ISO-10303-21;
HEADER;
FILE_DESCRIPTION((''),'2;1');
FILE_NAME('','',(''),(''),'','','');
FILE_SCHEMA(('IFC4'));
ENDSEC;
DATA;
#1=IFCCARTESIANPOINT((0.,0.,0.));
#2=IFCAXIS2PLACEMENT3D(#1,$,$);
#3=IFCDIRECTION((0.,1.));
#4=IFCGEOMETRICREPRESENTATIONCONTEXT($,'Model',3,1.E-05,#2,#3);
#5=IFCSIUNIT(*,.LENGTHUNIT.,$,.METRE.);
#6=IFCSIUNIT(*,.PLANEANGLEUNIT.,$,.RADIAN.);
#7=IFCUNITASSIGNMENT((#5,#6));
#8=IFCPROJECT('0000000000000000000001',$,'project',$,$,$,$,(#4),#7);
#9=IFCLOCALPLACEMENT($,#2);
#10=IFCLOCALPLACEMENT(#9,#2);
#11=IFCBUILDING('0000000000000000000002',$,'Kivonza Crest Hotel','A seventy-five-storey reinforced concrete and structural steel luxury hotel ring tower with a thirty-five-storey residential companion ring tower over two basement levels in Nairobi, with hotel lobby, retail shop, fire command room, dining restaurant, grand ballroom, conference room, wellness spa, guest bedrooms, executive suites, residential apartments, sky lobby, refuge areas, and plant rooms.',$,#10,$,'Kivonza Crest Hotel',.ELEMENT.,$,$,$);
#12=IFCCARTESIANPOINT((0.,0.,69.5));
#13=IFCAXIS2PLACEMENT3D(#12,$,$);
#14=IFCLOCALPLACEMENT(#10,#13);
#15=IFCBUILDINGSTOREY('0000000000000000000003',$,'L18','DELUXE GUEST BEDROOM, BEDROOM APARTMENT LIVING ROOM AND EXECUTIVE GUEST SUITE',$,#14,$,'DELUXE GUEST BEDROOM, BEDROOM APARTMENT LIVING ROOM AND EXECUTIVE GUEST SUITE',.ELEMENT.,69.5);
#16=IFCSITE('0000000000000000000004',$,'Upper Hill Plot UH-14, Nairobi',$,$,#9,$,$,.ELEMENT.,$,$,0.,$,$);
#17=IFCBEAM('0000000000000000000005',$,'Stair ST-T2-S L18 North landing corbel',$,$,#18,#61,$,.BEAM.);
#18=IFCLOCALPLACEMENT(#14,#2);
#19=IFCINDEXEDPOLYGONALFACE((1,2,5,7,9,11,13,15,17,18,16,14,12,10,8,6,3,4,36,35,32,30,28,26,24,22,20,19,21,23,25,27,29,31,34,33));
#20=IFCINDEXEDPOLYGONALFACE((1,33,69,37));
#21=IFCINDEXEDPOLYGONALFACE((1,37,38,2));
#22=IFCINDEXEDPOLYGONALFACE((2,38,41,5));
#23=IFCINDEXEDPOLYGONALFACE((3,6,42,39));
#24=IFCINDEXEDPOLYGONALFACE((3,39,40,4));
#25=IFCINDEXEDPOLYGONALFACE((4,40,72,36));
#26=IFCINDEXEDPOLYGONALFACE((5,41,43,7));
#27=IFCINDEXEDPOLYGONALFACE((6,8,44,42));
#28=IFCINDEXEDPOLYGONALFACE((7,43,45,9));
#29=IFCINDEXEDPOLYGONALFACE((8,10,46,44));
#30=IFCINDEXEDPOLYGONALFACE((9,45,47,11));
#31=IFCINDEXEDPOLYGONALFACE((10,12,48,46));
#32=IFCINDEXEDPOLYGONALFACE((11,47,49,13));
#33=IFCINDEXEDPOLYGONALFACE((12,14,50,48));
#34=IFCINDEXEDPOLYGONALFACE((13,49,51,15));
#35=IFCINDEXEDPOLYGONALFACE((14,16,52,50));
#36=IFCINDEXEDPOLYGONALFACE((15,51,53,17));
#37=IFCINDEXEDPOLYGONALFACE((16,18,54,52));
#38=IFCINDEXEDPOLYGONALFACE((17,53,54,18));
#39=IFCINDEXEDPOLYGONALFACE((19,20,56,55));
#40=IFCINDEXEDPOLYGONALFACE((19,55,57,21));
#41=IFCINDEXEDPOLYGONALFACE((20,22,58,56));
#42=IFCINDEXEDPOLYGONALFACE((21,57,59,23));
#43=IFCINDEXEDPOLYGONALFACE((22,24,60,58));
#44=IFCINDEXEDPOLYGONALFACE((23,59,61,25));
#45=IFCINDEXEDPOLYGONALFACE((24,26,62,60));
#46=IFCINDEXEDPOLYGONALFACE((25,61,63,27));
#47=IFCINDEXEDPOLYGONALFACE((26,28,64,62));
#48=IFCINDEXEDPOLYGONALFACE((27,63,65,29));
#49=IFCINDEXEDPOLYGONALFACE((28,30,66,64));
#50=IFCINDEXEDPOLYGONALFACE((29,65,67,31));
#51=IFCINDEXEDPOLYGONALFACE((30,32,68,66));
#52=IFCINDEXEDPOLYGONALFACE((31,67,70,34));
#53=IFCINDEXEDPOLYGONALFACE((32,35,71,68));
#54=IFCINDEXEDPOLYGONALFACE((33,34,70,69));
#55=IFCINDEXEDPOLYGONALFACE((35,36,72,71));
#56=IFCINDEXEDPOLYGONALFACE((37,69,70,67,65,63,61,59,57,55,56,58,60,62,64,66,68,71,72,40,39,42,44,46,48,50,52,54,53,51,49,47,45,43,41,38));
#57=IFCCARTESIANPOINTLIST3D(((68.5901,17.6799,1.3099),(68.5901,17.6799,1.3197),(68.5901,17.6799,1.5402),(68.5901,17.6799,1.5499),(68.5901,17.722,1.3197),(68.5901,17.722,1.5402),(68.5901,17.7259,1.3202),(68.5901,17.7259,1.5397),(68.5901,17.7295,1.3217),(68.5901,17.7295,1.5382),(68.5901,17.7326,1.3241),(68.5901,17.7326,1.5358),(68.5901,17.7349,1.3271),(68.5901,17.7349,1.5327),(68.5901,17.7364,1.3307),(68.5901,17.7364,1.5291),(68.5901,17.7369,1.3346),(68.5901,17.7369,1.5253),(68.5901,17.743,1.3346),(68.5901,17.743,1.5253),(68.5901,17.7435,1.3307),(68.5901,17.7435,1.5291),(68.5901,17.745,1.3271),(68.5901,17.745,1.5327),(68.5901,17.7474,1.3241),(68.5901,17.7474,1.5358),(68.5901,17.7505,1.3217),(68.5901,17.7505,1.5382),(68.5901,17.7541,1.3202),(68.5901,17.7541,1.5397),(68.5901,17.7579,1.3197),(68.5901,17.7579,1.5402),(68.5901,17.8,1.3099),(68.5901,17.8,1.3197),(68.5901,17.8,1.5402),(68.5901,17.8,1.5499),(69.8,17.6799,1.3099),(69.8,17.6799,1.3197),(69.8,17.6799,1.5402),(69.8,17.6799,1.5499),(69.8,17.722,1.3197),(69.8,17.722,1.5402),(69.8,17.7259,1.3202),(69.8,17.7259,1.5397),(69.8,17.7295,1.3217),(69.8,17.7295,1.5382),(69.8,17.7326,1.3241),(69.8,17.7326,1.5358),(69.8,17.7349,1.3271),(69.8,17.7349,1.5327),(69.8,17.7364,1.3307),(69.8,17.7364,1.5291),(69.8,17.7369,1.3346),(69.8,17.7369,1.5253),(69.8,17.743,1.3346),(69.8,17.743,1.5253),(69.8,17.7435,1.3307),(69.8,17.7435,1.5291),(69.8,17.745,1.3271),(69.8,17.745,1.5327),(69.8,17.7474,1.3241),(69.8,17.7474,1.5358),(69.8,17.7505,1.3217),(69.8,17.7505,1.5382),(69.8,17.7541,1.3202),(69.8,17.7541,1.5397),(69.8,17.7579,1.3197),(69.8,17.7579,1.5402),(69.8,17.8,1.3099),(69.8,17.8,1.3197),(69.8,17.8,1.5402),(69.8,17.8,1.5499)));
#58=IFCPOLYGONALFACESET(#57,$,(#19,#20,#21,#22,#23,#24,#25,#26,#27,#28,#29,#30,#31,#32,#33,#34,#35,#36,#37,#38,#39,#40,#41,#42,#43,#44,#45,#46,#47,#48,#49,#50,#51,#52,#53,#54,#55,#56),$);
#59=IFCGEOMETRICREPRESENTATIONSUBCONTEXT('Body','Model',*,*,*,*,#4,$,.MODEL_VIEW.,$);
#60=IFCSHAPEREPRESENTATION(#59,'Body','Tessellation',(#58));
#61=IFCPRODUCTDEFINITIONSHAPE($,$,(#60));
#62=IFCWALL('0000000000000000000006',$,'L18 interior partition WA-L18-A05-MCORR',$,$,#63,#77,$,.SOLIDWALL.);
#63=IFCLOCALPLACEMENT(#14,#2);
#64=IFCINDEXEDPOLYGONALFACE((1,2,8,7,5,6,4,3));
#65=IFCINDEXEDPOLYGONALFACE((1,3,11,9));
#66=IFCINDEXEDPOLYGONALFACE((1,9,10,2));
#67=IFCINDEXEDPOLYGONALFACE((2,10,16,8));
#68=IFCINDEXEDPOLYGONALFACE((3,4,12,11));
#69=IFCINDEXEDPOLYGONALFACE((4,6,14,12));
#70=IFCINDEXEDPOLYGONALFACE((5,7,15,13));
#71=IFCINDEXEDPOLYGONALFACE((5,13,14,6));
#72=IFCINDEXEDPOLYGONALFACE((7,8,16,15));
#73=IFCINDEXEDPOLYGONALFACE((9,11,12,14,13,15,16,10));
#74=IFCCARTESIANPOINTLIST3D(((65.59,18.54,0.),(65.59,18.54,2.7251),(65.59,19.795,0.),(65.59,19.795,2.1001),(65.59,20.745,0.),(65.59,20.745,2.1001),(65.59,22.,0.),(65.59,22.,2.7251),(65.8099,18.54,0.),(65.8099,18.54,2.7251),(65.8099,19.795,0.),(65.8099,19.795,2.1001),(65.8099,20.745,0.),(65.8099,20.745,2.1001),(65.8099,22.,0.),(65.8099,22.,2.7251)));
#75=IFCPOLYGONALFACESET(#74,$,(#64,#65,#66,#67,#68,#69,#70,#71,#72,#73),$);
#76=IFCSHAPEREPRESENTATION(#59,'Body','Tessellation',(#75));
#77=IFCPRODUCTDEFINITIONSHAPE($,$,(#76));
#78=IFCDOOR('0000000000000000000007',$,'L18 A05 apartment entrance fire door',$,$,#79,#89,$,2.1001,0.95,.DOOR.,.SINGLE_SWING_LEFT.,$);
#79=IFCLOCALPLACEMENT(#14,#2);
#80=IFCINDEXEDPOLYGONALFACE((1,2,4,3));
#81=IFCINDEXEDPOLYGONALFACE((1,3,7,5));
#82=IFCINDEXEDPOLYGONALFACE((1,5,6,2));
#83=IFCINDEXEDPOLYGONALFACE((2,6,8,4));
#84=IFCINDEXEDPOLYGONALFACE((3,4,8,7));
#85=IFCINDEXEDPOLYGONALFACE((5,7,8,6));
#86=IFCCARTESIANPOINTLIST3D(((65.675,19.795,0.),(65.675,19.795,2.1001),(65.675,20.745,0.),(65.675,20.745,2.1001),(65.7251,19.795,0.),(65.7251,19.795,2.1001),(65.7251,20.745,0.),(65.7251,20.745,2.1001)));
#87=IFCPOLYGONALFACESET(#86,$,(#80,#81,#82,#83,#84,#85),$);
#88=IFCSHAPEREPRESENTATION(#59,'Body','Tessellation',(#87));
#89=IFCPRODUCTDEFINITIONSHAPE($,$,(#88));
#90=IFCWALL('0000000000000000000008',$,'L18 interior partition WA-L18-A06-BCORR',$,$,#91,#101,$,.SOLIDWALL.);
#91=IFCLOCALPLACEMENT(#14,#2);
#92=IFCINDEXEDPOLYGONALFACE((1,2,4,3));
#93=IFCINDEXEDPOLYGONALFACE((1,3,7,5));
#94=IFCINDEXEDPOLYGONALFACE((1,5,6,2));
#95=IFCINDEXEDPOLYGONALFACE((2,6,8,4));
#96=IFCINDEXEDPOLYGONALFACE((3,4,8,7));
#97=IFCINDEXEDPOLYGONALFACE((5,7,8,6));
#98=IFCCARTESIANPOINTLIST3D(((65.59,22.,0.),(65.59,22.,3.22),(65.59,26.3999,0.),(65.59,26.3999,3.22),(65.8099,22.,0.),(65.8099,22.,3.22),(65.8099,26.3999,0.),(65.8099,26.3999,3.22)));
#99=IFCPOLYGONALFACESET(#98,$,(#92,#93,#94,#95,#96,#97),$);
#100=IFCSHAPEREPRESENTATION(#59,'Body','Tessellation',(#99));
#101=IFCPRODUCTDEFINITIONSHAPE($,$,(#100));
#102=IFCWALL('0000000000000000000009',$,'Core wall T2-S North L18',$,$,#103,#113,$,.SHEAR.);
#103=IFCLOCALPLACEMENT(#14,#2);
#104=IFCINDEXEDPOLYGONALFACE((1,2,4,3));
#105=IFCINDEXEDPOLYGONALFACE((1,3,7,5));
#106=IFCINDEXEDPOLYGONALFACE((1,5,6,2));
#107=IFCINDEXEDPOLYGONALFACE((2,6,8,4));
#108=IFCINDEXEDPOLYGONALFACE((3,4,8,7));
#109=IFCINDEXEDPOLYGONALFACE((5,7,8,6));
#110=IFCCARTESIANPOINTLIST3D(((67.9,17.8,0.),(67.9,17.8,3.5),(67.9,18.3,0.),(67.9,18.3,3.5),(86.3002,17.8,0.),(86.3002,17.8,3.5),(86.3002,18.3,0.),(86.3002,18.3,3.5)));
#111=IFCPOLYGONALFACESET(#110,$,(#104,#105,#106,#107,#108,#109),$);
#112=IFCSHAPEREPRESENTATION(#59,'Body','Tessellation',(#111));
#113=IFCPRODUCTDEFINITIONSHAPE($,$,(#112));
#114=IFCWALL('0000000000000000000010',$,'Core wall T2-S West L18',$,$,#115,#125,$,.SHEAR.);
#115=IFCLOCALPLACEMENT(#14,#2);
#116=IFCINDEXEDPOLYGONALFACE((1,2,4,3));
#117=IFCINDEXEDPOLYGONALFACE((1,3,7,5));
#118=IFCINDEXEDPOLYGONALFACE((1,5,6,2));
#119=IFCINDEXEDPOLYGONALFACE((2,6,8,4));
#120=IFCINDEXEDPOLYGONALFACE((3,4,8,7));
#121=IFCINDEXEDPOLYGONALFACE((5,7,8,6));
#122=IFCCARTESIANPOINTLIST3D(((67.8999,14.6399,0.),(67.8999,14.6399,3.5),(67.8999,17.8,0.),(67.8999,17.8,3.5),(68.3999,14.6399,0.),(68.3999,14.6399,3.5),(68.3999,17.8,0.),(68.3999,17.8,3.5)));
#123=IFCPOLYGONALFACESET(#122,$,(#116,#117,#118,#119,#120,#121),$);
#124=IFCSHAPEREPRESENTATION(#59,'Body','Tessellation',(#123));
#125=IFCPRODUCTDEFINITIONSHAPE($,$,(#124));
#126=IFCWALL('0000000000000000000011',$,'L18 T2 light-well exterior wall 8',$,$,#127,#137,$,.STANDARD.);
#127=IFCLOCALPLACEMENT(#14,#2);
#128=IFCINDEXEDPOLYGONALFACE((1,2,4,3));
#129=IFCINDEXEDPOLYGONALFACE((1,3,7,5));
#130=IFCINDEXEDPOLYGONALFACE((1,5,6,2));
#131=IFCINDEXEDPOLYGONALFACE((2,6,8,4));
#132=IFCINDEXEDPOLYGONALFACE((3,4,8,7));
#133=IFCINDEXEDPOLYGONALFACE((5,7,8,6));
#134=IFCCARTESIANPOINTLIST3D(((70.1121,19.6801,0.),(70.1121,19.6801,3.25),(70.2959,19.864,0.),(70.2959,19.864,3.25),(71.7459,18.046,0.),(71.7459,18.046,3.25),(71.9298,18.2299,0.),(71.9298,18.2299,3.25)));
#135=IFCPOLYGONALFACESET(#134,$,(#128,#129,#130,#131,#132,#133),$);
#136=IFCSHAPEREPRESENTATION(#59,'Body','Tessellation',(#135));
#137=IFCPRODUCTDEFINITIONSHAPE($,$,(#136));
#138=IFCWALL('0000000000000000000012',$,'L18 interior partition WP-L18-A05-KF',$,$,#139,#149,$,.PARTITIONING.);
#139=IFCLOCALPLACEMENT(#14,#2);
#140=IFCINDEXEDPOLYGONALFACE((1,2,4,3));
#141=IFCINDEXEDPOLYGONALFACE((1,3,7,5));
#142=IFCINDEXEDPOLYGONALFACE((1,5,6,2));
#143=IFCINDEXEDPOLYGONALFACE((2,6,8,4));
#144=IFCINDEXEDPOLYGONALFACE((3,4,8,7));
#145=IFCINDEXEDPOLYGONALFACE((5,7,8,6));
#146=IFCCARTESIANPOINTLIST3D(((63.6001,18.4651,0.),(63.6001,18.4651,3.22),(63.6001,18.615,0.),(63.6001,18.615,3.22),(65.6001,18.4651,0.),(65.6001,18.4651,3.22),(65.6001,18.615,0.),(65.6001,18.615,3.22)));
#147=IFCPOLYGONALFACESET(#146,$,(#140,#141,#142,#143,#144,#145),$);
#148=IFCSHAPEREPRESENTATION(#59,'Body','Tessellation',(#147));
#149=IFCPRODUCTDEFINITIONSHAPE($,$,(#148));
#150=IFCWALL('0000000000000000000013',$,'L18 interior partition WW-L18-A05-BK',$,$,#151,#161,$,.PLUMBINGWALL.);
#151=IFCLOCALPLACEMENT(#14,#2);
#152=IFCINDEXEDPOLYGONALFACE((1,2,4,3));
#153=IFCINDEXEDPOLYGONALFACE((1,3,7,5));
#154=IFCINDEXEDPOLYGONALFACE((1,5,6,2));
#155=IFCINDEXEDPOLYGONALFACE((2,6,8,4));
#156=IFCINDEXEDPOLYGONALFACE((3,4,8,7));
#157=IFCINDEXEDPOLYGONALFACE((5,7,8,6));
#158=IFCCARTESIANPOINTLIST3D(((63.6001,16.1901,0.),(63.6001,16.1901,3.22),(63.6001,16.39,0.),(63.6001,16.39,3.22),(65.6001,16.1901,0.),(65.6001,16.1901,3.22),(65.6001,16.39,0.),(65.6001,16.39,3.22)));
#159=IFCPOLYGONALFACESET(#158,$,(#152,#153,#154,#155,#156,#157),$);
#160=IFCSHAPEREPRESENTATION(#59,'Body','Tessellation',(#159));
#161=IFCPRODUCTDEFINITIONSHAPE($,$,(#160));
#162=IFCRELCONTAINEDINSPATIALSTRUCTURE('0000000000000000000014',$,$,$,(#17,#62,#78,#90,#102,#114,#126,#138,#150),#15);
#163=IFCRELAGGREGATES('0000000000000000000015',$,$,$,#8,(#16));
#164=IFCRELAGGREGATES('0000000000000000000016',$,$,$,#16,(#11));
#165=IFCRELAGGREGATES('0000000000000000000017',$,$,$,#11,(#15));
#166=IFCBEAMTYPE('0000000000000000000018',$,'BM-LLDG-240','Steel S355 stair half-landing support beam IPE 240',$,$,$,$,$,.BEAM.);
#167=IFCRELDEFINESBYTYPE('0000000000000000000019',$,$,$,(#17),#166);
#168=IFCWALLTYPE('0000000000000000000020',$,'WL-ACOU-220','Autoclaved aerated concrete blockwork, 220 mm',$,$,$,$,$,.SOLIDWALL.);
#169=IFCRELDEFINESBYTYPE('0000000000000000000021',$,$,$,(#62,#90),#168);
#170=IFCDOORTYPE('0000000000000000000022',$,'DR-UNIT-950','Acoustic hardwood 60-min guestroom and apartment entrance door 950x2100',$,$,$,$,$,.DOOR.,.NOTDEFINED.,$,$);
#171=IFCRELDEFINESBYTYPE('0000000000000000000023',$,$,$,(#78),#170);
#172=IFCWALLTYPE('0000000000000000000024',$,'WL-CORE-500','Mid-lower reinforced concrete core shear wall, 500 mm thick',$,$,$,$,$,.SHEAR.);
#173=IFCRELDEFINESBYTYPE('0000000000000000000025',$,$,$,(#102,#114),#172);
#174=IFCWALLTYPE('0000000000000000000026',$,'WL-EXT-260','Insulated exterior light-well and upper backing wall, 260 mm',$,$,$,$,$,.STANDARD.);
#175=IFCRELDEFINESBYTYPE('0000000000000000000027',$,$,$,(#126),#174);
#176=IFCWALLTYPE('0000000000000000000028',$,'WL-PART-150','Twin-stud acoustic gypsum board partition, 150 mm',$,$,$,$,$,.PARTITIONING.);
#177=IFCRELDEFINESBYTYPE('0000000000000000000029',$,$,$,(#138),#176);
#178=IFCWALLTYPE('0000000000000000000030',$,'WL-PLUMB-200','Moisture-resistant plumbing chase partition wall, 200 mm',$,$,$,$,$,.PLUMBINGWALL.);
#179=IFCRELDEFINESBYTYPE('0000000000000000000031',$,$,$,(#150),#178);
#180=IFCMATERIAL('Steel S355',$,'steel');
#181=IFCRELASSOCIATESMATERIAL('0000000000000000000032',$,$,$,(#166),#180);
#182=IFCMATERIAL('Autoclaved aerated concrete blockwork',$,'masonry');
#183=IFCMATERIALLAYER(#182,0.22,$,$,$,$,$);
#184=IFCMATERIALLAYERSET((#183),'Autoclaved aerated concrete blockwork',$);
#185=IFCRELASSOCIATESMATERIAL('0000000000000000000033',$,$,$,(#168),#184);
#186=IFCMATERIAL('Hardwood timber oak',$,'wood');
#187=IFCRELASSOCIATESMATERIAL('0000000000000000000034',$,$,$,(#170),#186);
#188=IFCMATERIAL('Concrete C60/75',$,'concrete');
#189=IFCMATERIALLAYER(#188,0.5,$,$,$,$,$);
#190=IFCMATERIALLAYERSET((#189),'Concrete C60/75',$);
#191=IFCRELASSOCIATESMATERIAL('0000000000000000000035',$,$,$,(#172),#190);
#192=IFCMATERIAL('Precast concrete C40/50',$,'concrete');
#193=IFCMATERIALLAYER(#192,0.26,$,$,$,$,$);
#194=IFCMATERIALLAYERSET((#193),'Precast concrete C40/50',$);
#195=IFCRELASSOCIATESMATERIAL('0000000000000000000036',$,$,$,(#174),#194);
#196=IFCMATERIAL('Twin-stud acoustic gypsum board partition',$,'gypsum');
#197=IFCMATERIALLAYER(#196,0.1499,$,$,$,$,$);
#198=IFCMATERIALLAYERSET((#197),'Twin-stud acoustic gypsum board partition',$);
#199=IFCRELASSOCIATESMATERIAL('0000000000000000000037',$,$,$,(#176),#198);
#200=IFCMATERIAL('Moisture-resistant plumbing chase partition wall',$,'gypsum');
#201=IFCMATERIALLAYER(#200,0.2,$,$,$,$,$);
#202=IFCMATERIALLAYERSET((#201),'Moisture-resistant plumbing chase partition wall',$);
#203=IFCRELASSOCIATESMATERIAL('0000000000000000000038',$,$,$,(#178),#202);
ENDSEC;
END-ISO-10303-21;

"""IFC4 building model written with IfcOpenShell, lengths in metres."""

from ifc_helpers import new_model, si_unit, direction, frame, frame_2d, origin, origin_2d, place, context, subcontext, project, spatial, rectangle, i_section, extrude, material, layer, layer_set, material_profile, profile_set, type_object, element, fill, save


model = new_model("IFC4")

# Units and contexts
model_context = context("Model", 3, precision=1e-05, world=origin(), true_north=direction((0.0, 1.0)))
body_context = subcontext(model_context, "Body", "Model", "MODEL_VIEW")
ifc_project = project(units=[si_unit("LENGTHUNIT", "METRE"), si_unit("PLANEANGLEUNIT", "RADIAN")], contexts=[model_context])

# Site, building, storey
site_placement = place(None, origin())
site = spatial("IfcSite", under=ifc_project, at=site_placement, Name="Upper Hill Plot UH-14, Nairobi", CompositionType="ELEMENT", RefElevation=0.0)
building_placement = place(site_placement, origin())
building = spatial("IfcBuilding", under=site, at=building_placement, Name="Kivonza Crest Hotel", Description="A seventy-five-storey reinforced concrete and structural steel luxury hotel ring tower with a thirty-five-storey residential companion ring tower over two basement levels in Nairobi, with hotel lobby, retail shop, fire command room, dining restaurant, grand ballroom, conference room, wellness spa, guest bedrooms, executive suites, residential apartments, sky lobby, refuge areas, and plant rooms.", LongName="Kivonza Crest Hotel", CompositionType="ELEMENT")
storey_placement = place(building_placement, frame((0.0, 0.0, 69.5)))
storey = spatial("IfcBuildingStorey", under=building, at=storey_placement, Name="L18", Description="DELUXE GUEST BEDROOM, BEDROOM APARTMENT LIVING ROOM AND EXECUTIVE GUEST SUITE", LongName="DELUXE GUEST BEDROOM, BEDROOM APARTMENT LIVING ROOM AND EXECUTIVE GUEST SUITE", CompositionType="ELEMENT", Elevation=69.5)

# Beam
ifc_material_1 = material(Name="Steel S355", Category="steel")
ifc_material_profile_1 = material_profile(ifc_material_1, i_section(OverallWidth=0.1201, OverallDepth=0.24, WebThickness=0.0061, FlangeThickness=0.0098, FilletRadius=0.0149, at=origin_2d()), Name="IPE 240")
ifc_profile_set_1 = profile_set([ifc_material_profile_1], Name="Steel S355")
beam_type_1 = type_object("IfcBeamType", Name="BM-LLDG-240", Description="Steel S355 stair half-landing support beam IPE 240", PredefinedType="BEAM", material=ifc_profile_set_1)
for number, where, z_axis, x_axis, name in (
    (1, (68.5901, 17.74, 1.4299), (1.0, 0.0, 0.0), (0.0, 1.0, 0.0), "Stair ST-T2-S L18 North landing corbel"),
):
    element("IfcBeam", number, at=place(storey_placement, frame(where, z_axis=z_axis, x_axis=x_axis)), inside=storey, type_object=beam_type_1, Name=name, PredefinedType="BEAM", context=body_context, shape_type="SweptSolid", body=[
        extrude(i_section(OverallWidth=0.1201, OverallDepth=0.24, WebThickness=0.0061, FlangeThickness=0.0098, FilletRadius=0.0149, at=origin_2d()), origin(), (0.0, 0.0, 1.0), 1.21),
    ])

# Wall, opening, door
ifc_material_2 = material(Name="Autoclaved aerated concrete blockwork", Category="masonry")
ifc_layer_1 = layer(ifc_material_2, 0.22)
ifc_layer_set_1 = layer_set([ifc_layer_1], Name="Autoclaved aerated concrete blockwork")
wall_type_1 = type_object("IfcWallType", Name="WL-ACOU-220", Description="Autoclaved aerated concrete blockwork, 220 mm", PredefinedType="SOLIDWALL", material=ifc_layer_set_1)
wall_1_placement = place(storey_placement, frame((65.7, 18.54, 0.0), z_axis=(0.0, 0.0, 1.0), x_axis=(0.0, 1.0, 0.0)))
wall_1 = element("IfcWall", 2, at=wall_1_placement, inside=storey, type_object=wall_type_1, Name="L18 interior partition WA-L18-A05-MCORR", PredefinedType="SOLIDWALL", context=body_context, shape_type="SweptSolid", body=[
    extrude(rectangle(XDim=3.46, YDim=0.22, at=frame_2d((1.73, 0.0))), origin(), (0.0, 0.0, 1.0), 2.7251),
])
opening_placement = place(wall_1_placement, frame((1.2549, 0.0, 0.0)))
opening = element("IfcOpeningElement", 3, at=opening_placement, cuts=wall_1, PredefinedType="OPENING", context=body_context, shape_type="SweptSolid", body=[
    extrude(rectangle(XDim=0.95, YDim=2.1001, at=frame_2d((0.4751, 1.05))), frame((0.0, 0.1201, 0.0), z_axis=(0.0, -1.0, 0.0), x_axis=(1.0, 0.0, 0.0)), (0.0, 0.0, 1.0), 0.24),
])
ifc_material_3 = material(Name="Hardwood timber oak", Category="wood")
door_type = type_object("IfcDoorType", Name="DR-UNIT-950", Description="Acoustic hardwood 60-min guestroom and apartment entrance door 950x2100", OperationType="NOTDEFINED", PredefinedType="DOOR", material=ifc_material_3)
door_placement = place(opening_placement, origin())
door = element("IfcDoor", 4, at=door_placement, inside=storey, type_object=door_type, Name="L18 A05 apartment entrance fire door", OperationType="SINGLE_SWING_LEFT", OverallHeight=2.1001, OverallWidth=0.95, PredefinedType="DOOR", context=body_context, shape_type="SweptSolid", body=[
    extrude(rectangle(XDim=0.95, YDim=2.1001, at=frame_2d((0.4751, 1.05))), frame((0.0, 0.0249, 0.0), z_axis=(0.0, -1.0, 0.0), x_axis=(1.0, 0.0, 0.0)), (0.0, 0.0, 1.0), 0.05),
])
fill(opening, door)

# Walls
wall_2_placement = place(storey_placement, frame((65.7, 22.0, 0.0), z_axis=(0.0, 0.0, 1.0), x_axis=(0.0, 1.0, 0.0)))
element("IfcWall", 5, at=wall_2_placement, inside=storey, type_object=wall_type_1, Name="L18 interior partition WA-L18-A06-BCORR", PredefinedType="SOLIDWALL", context=body_context, shape_type="SweptSolid", body=[
    extrude(rectangle(XDim=4.3999, YDim=0.22, at=frame_2d((2.2, 0.0))), origin(), (0.0, 0.0, 1.0), 3.22),
])
ifc_material_4 = material(Name="Concrete C60/75", Category="concrete")
ifc_layer_2 = layer(ifc_material_4, 0.5)
ifc_layer_set_2 = layer_set([ifc_layer_2], Name="Concrete C60/75")
wall_type_2 = type_object("IfcWallType", Name="WL-CORE-500", Description="Mid-lower reinforced concrete core shear wall, 500 mm thick", PredefinedType="SHEAR", material=ifc_layer_set_2)
wall_3_placement = place(storey_placement, frame((67.8999, 18.05, 0.0), z_axis=(0.0, 0.0, 1.0), x_axis=(1.0, 0.0, 0.0)))
element("IfcWall", 6, at=wall_3_placement, inside=storey, type_object=wall_type_2, Name="Core wall T2-S North L18", PredefinedType="SHEAR", context=body_context, shape_type="SweptSolid", body=[
    extrude(rectangle(XDim=18.4001, YDim=0.5, at=frame_2d((9.2002, 0.0))), origin(), (0.0, 0.0, 1.0), 3.5),
])
wall_4_placement = place(storey_placement, frame((68.1499, 14.6399, 0.0), z_axis=(0.0, 0.0, 1.0), x_axis=(0.0, 1.0, 0.0)))
element("IfcWall", 7, at=wall_4_placement, inside=storey, type_object=wall_type_2, Name="Core wall T2-S West L18", PredefinedType="SHEAR", context=body_context, shape_type="SweptSolid", body=[
    extrude(rectangle(XDim=3.1602, YDim=0.5, at=frame_2d((1.5801, 0.0))), origin(), (0.0, 0.0, 1.0), 3.5),
])
ifc_material_5 = material(Name="Precast concrete C40/50", Category="concrete")
ifc_layer_3 = layer(ifc_material_5, 0.26)
ifc_layer_set_3 = layer_set([ifc_layer_3], Name="Precast concrete C40/50")
wall_type_3 = type_object("IfcWallType", Name="WL-EXT-260", Description="Insulated exterior light-well and upper backing wall, 260 mm", PredefinedType="STANDARD", material=ifc_layer_set_3)
wall_5_placement = place(storey_placement, frame((70.2041, 19.772, 0.0), z_axis=(0.0, 0.0, 1.0), x_axis=(0.707054, -0.70716, 0.0)))
element("IfcWall", 8, at=wall_5_placement, inside=storey, type_object=wall_type_3, Name="L18 T2 light-well exterior wall 8", PredefinedType="STANDARD", context=body_context, shape_type="SweptSolid", body=[
    extrude(rectangle(XDim=2.3108, YDim=0.26, at=frame_2d((1.1553, 0.0))), origin(), (0.0, 0.0, 1.0), 3.25),
])
ifc_material_6 = material(Name="Twin-stud acoustic gypsum board partition", Category="gypsum")
ifc_layer_4 = layer(ifc_material_6, 0.1499)
ifc_layer_set_4 = layer_set([ifc_layer_4], Name="Twin-stud acoustic gypsum board partition")
wall_type_4 = type_object("IfcWallType", Name="WL-PART-150", Description="Twin-stud acoustic gypsum board partition, 150 mm", PredefinedType="PARTITIONING", material=ifc_layer_set_4)
wall_6_placement = place(storey_placement, frame((63.6001, 18.54, 0.0), z_axis=(0.0, 0.0, 1.0), x_axis=(1.0, 0.0, 0.0)))
element("IfcWall", 9, at=wall_6_placement, inside=storey, type_object=wall_type_4, Name="L18 interior partition WP-L18-A05-KF", PredefinedType="PARTITIONING", context=body_context, shape_type="SweptSolid", body=[
    extrude(rectangle(XDim=2.0, YDim=0.1499, at=frame_2d((1.0, 0.0))), origin(), (0.0, 0.0, 1.0), 3.22),
])
ifc_material_7 = material(Name="Moisture-resistant plumbing chase partition wall", Category="gypsum")
ifc_layer_5 = layer(ifc_material_7, 0.2)
ifc_layer_set_5 = layer_set([ifc_layer_5], Name="Moisture-resistant plumbing chase partition wall")
wall_type_5 = type_object("IfcWallType", Name="WL-PLUMB-200", Description="Moisture-resistant plumbing chase partition wall, 200 mm", PredefinedType="PLUMBINGWALL", material=ifc_layer_set_5)
wall_7_placement = place(storey_placement, frame((63.6001, 16.29, 0.0), z_axis=(0.0, 0.0, 1.0), x_axis=(1.0, 0.0, 0.0)))
element("IfcWall", 10, at=wall_7_placement, inside=storey, type_object=wall_type_5, Name="L18 interior partition WW-L18-A05-BK", PredefinedType="PLUMBINGWALL", context=body_context, shape_type="SweptSolid", body=[
    extrude(rectangle(XDim=2.0, YDim=0.2, at=frame_2d((1.0, 0.0))), origin(), (0.0, 0.0, 1.0), 3.22),
])

save(model, "model.ifc")
